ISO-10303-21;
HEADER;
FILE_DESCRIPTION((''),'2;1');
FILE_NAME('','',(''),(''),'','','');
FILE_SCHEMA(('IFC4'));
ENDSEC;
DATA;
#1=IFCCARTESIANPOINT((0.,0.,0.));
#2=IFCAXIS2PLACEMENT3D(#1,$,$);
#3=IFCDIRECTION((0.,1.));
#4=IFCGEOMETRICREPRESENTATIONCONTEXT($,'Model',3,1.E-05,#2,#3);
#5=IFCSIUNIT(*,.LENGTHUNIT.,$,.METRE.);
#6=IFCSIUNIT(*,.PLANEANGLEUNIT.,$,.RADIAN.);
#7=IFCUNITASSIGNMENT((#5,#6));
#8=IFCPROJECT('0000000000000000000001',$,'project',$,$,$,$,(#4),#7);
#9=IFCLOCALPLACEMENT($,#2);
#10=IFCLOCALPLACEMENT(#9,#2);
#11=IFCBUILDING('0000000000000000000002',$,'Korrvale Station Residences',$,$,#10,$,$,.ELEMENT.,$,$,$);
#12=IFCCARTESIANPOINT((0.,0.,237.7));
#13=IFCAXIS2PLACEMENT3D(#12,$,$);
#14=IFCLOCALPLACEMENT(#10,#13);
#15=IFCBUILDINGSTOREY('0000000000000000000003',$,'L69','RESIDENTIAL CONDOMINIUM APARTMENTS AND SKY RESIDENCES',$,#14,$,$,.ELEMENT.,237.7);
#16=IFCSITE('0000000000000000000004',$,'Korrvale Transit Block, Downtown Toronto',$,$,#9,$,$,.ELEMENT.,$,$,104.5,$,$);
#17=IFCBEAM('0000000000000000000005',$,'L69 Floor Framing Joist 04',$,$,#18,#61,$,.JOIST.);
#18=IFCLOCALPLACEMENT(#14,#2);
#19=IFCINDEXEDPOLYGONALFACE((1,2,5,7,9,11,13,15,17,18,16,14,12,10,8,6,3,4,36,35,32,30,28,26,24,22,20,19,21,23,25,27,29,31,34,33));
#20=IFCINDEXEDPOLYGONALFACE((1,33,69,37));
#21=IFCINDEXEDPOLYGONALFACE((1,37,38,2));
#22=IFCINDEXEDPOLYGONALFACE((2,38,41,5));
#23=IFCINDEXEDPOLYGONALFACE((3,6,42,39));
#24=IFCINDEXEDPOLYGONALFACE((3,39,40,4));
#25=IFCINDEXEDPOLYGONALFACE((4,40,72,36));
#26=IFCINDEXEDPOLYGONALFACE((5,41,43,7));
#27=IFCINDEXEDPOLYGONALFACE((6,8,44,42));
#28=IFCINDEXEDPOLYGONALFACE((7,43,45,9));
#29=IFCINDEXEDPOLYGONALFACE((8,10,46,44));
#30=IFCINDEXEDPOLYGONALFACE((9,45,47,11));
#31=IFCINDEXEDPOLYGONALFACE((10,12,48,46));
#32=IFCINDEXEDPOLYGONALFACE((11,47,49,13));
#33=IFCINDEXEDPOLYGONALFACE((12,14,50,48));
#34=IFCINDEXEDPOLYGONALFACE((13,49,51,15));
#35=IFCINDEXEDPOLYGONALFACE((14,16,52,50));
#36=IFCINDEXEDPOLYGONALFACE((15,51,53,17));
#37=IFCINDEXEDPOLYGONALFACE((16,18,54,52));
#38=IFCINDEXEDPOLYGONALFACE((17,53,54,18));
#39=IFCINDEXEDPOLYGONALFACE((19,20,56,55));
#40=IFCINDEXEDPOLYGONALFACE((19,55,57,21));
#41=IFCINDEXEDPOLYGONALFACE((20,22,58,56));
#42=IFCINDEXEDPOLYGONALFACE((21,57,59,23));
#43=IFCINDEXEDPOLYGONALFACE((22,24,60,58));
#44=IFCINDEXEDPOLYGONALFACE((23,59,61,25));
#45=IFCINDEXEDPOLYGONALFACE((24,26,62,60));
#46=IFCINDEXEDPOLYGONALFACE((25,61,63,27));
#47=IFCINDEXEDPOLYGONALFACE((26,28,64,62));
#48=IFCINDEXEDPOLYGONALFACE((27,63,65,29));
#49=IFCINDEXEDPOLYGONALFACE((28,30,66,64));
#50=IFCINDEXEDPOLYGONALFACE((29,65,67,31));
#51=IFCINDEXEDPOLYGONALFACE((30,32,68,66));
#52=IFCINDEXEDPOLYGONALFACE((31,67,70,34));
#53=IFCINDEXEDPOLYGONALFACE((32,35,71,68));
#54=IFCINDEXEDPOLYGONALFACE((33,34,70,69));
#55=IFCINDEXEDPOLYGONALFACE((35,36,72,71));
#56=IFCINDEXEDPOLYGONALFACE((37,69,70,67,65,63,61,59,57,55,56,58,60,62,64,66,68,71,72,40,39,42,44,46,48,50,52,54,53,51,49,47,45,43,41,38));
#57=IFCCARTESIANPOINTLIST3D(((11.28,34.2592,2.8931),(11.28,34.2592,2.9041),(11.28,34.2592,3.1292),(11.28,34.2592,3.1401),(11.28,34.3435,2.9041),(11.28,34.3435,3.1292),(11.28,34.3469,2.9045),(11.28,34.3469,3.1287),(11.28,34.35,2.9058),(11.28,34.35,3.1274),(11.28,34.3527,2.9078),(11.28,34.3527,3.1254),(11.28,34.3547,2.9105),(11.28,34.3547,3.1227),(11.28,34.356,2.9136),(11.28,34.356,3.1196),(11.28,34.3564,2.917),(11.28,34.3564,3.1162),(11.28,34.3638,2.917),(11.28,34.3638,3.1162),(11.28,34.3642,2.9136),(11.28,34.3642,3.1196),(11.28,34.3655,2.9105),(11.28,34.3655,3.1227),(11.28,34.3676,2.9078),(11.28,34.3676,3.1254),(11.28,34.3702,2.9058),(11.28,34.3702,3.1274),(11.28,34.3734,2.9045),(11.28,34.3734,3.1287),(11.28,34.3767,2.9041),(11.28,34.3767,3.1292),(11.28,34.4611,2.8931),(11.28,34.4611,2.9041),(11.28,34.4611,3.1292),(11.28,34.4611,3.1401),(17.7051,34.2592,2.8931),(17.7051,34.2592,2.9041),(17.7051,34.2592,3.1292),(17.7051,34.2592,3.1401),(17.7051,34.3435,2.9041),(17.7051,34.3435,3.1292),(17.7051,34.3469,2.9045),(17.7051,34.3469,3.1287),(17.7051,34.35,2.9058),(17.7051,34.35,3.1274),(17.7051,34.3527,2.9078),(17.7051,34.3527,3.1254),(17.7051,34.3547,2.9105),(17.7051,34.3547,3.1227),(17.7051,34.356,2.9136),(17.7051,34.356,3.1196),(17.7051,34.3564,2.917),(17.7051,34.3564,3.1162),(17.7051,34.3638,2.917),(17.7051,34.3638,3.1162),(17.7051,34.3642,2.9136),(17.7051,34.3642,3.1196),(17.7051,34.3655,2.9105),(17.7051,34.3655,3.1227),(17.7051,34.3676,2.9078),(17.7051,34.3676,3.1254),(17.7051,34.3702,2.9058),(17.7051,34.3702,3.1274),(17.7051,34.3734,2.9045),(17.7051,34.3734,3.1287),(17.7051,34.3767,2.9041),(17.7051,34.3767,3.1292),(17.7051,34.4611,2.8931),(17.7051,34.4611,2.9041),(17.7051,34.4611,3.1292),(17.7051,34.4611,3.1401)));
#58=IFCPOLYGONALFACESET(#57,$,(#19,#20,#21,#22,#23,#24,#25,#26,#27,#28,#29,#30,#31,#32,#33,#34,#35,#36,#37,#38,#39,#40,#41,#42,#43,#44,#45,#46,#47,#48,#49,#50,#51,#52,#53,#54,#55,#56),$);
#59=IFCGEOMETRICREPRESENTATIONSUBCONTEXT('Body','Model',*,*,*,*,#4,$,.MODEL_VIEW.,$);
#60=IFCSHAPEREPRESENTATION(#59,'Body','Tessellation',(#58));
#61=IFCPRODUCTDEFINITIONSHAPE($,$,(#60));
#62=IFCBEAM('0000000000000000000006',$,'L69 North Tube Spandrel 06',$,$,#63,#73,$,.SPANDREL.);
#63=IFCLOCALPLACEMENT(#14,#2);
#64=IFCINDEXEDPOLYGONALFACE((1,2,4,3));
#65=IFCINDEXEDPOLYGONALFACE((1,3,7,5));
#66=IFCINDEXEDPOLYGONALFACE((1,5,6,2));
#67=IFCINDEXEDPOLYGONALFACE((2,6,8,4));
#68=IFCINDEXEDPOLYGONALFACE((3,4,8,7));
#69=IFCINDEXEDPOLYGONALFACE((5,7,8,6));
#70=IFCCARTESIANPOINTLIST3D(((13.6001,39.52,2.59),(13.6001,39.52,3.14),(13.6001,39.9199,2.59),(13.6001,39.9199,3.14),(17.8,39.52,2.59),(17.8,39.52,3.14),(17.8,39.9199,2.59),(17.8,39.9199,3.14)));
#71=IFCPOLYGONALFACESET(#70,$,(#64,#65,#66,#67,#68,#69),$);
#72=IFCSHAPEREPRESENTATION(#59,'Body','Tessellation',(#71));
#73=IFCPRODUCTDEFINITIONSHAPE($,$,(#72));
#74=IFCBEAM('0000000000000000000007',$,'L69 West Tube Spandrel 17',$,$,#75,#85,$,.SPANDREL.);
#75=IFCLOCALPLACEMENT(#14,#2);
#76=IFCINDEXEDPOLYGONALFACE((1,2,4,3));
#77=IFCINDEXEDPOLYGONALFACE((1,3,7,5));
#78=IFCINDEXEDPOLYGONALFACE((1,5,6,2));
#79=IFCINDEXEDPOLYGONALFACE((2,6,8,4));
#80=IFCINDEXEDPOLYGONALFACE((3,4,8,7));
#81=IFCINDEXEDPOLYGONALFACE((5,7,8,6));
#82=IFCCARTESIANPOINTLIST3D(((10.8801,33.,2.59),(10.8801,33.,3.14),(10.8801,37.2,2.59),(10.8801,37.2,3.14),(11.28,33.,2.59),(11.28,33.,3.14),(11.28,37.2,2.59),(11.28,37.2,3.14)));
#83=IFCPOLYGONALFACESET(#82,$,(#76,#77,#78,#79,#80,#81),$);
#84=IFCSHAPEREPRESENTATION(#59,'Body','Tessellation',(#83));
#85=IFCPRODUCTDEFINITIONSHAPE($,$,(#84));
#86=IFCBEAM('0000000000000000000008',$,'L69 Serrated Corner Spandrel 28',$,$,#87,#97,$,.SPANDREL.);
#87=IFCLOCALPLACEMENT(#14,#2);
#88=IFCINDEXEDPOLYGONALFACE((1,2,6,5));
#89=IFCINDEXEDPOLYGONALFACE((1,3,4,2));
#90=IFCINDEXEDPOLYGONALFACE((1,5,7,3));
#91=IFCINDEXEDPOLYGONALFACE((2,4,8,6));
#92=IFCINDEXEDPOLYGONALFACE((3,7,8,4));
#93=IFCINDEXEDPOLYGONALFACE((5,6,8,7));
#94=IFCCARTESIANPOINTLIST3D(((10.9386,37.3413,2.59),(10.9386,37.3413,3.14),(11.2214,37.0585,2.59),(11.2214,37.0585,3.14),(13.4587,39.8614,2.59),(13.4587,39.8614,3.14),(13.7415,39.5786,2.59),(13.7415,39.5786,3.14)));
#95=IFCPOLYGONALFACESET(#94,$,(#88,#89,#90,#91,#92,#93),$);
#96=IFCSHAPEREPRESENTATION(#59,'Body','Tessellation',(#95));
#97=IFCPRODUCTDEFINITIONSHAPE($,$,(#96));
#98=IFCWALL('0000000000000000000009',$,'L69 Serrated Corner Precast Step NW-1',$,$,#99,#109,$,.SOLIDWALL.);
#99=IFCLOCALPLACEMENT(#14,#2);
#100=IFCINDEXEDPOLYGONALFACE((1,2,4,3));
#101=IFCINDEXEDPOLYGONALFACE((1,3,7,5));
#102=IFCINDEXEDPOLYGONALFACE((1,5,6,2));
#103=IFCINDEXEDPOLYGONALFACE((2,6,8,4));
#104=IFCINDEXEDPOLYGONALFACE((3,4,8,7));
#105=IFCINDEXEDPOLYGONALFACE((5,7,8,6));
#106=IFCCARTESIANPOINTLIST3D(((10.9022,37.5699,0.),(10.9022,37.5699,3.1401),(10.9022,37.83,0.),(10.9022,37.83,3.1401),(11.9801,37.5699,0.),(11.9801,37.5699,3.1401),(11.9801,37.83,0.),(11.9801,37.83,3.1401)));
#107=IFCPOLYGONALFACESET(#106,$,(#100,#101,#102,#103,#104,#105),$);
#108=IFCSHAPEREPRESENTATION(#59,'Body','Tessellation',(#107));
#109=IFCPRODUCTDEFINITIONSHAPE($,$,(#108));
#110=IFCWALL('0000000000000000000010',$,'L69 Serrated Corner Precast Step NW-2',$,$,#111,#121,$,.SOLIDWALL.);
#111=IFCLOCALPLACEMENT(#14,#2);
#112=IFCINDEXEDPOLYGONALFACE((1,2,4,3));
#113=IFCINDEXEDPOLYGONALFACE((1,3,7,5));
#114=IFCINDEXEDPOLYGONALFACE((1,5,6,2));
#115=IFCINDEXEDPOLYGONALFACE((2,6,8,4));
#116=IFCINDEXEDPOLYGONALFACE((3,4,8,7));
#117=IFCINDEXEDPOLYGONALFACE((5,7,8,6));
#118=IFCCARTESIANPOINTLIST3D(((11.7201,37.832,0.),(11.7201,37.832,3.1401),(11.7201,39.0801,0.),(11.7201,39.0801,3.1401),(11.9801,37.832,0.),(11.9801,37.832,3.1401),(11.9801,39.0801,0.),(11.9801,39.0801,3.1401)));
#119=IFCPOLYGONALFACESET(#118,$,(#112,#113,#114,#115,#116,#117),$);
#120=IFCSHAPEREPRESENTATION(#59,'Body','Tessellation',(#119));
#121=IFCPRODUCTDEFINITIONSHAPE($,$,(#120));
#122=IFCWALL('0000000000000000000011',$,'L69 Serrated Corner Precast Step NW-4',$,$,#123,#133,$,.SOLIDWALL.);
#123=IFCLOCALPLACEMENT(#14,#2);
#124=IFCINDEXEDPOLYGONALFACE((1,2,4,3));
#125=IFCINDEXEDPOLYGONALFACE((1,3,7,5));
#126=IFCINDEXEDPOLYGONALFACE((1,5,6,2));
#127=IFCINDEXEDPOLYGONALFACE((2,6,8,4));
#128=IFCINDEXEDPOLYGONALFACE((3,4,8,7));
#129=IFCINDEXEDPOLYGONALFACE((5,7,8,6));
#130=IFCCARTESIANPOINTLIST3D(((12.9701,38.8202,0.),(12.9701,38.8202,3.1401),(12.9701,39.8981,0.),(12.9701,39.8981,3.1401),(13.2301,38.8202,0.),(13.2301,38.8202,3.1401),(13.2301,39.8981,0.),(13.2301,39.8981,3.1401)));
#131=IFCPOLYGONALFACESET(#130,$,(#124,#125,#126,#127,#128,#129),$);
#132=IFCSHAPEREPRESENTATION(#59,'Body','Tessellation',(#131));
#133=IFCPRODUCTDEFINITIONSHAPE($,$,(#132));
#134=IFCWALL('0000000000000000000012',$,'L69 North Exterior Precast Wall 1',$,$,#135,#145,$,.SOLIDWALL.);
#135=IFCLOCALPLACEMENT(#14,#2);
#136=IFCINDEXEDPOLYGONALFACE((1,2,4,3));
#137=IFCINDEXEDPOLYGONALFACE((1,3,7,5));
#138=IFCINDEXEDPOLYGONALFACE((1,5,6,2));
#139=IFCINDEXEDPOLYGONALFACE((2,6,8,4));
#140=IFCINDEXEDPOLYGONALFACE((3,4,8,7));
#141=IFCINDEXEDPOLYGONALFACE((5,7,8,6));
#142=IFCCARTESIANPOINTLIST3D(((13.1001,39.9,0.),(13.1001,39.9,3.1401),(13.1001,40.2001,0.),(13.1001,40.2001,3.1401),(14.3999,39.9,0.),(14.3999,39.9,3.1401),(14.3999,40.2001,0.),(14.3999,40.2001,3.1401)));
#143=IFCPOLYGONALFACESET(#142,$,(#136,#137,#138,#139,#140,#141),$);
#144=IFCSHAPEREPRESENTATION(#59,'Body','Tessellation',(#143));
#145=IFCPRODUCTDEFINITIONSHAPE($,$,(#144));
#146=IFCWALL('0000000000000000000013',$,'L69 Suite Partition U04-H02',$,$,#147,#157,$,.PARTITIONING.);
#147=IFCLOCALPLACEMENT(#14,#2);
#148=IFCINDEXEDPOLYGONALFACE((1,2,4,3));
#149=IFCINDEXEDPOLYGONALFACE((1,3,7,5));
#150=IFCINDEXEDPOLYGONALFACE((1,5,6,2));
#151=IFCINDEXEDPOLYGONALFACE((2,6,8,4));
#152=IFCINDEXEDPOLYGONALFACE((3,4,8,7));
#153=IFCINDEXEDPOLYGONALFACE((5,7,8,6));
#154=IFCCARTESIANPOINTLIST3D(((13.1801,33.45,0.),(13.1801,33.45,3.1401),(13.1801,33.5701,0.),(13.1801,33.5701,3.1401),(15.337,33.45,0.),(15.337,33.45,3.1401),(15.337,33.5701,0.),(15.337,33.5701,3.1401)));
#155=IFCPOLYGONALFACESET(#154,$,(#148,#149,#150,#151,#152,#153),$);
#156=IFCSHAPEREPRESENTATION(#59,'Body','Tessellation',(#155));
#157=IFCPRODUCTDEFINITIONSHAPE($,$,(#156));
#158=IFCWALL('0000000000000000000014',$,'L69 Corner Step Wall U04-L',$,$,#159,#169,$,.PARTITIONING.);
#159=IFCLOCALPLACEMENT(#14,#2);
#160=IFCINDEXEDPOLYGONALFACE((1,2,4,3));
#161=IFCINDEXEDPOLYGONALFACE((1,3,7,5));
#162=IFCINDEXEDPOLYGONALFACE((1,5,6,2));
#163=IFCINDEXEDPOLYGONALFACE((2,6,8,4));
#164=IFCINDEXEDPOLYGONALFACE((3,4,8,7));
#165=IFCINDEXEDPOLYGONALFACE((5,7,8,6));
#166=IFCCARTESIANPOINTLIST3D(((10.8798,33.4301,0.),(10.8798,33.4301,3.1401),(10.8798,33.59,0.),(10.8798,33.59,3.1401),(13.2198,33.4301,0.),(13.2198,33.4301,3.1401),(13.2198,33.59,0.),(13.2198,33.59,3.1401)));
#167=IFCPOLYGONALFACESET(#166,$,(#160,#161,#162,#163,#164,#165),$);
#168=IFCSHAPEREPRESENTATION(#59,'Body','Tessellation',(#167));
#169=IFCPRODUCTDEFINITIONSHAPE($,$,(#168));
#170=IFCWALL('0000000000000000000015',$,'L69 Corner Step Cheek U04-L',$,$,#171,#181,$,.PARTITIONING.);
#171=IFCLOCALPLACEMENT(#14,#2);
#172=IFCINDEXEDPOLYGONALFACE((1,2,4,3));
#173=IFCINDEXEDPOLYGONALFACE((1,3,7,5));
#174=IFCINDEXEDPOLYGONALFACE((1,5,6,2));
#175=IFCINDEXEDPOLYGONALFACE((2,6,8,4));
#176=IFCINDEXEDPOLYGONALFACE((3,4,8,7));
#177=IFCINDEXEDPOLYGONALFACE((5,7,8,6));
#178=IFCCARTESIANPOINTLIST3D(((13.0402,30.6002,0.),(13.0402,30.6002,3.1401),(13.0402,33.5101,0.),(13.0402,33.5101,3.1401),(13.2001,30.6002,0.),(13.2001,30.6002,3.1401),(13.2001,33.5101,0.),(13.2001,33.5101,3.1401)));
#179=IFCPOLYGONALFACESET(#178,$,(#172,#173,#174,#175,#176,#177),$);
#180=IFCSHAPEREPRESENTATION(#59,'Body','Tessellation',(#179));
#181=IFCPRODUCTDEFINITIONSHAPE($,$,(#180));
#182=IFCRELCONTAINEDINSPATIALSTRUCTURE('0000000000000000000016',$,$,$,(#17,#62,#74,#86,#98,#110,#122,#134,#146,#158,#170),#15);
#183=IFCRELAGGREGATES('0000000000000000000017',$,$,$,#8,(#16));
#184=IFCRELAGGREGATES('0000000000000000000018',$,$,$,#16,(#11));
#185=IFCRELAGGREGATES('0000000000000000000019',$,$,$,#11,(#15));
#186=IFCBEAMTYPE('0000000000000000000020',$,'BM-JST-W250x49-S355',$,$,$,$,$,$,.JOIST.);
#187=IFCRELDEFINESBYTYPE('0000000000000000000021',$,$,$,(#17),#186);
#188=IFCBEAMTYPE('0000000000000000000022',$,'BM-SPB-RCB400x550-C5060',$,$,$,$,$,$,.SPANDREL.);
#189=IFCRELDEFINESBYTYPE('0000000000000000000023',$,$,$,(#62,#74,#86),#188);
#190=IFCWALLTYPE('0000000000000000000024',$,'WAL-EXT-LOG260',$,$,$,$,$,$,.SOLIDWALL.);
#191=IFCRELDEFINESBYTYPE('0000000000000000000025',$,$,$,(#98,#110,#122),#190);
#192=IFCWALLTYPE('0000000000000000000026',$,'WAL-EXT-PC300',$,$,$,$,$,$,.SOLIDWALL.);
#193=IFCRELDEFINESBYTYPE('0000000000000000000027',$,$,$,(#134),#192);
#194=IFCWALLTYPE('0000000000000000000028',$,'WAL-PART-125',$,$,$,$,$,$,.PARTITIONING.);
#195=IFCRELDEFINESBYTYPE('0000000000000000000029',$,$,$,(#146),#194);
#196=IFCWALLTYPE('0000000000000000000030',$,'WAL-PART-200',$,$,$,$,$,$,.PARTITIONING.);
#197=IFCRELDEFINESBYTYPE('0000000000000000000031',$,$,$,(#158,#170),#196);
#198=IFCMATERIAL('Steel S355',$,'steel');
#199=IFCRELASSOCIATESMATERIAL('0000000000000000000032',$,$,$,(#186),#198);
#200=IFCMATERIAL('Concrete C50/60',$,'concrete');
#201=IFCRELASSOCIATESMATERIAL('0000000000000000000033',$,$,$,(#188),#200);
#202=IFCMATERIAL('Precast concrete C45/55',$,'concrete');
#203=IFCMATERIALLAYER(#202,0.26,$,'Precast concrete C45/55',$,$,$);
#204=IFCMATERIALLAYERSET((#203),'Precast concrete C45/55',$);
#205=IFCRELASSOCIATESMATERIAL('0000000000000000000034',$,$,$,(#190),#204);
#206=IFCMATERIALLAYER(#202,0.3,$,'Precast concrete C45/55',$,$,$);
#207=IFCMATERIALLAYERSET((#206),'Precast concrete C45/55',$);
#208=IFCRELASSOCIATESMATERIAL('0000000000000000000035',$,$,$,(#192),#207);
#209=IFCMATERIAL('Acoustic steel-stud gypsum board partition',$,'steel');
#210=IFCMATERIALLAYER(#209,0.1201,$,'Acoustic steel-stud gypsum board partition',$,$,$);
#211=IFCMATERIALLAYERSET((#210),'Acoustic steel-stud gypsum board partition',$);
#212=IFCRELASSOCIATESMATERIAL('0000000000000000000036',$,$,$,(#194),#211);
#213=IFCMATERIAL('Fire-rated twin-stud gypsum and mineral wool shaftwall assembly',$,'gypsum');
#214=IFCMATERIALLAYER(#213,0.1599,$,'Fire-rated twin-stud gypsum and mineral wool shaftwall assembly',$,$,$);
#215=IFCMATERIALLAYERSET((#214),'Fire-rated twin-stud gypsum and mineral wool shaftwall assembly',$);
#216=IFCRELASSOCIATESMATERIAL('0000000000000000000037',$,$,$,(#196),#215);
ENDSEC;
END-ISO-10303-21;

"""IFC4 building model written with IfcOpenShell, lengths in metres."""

from ifc_helpers import new_model, si_unit, direction, frame, frame_2d, origin, origin_2d, place, context, subcontext, project, spatial, rectangle, i_section, extrude, material, layer, layer_set, material_profile, profile_set, type_object, element, save


model = new_model("IFC4")

# Units and contexts
model_context = context("Model", 3, precision=1e-05, world=origin(), true_north=direction((0.0, 1.0)))
body_context = subcontext(model_context, "Body", "Model", "MODEL_VIEW")
ifc_project = project(units=[si_unit("LENGTHUNIT", "METRE"), si_unit("PLANEANGLEUNIT", "RADIAN")], contexts=[model_context])

# Site, building, storey
site_placement = place(None, origin())
site = spatial("IfcSite", under=ifc_project, at=site_placement, Name="Korrvale Transit Block, Downtown Toronto", CompositionType="ELEMENT", RefElevation=104.5)
building_placement = place(site_placement, origin())
building = spatial("IfcBuilding", under=site, at=building_placement, Name="Korrvale Station Residences", CompositionType="ELEMENT")
storey_placement = place(building_placement, frame((0.0, 0.0, 237.7)))
storey = spatial("IfcBuildingStorey", under=building, at=storey_placement, Name="L69", Description="RESIDENTIAL CONDOMINIUM APARTMENTS AND SKY RESIDENCES", CompositionType="ELEMENT", Elevation=237.7)

# Shared definitions
ifc_material_1 = material(Name="Concrete C50/60", Category="concrete")

# Beams
ifc_material_2 = material(Name="Steel S355", Category="steel")
ifc_material_profile_1 = material_profile(ifc_material_2, i_section(OverallWidth=0.2019, OverallDepth=0.2471, WebThickness=0.0073, FlangeThickness=0.011, FilletRadius=0.0129, at=origin_2d()), Name="W250x49")
ifc_profile_set_1 = profile_set([ifc_material_profile_1], Name="Steel S355")
beam_type_1 = type_object("IfcBeamType", Name="BM-JST-W250x49-S355", PredefinedType="JOIST", material=ifc_profile_set_1)
beam_1_placement = place(storey_placement, frame((11.28, 34.3601, 3.0166), z_axis=(1.0, 0.0, 0.0), x_axis=(0.0, 1.0, 0.0)))
element("IfcBeam", 1, at=beam_1_placement, inside=storey, type_object=beam_type_1, Name="L69 Floor Framing Joist 04", PredefinedType="JOIST", context=body_context, shape_type="SweptSolid", body=[
    extrude(i_section(OverallWidth=0.2019, OverallDepth=0.2471, WebThickness=0.0073, FlangeThickness=0.011, FilletRadius=0.0129, at=origin_2d()), origin(), (0.0, 0.0, 1.0), 6.425),
])
ifc_material_profile_2 = material_profile(ifc_material_1, rectangle(XDim=0.3999, YDim=0.55, at=origin_2d()), Name="RCB400x550")
ifc_profile_set_2 = profile_set([ifc_material_profile_2], Name="Concrete C50/60")
beam_type_2 = type_object("IfcBeamType", Name="BM-SPB-RCB400x550-C5060", PredefinedType="SPANDREL", material=ifc_profile_set_2)
for number, where, z_axis, x_axis, name in (
    (2, (13.6001, 39.72, 2.865), (1.0, 0.0, 0.0), (0.0, 1.0, 0.0), "L69 North Tube Spandrel 06"),
    (3, (11.0801, 33.0, 2.865), (0.0, 1.0, 0.0), (-1.0, 0.0, 0.0), "L69 West Tube Spandrel 17"),
):
    element("IfcBeam", number, at=place(storey_placement, frame(where, z_axis=z_axis, x_axis=x_axis)), inside=storey, type_object=beam_type_2, Name=name, PredefinedType="SPANDREL", context=body_context, shape_type="SweptSolid", body=[
        extrude(rectangle(XDim=0.3999, YDim=0.55, at=origin_2d()), origin(), (0.0, 0.0, 1.0), 4.2),
    ])
beam_2_placement = place(storey_placement, frame((13.6001, 39.72, 2.865), z_axis=(-0.707107, -0.707107, 0.0), x_axis=(0.707107, -0.707107, 0.0)))
element("IfcBeam", 4, at=beam_2_placement, inside=storey, type_object=beam_type_2, Name="L69 Serrated Corner Spandrel 28", PredefinedType="SPANDREL", context=body_context, shape_type="SweptSolid", body=[
    extrude(rectangle(XDim=0.3999, YDim=0.55, at=origin_2d()), origin(), (0.0, 0.0, 1.0), 3.564),
])

# Walls
ifc_material_3 = material(Name="Precast concrete C45/55", Category="concrete")
ifc_layer_1 = layer(ifc_material_3, 0.26, Name="Precast concrete C45/55")
ifc_layer_set_1 = layer_set([ifc_layer_1], Name="Precast concrete C45/55")
wall_type_1 = type_object("IfcWallType", Name="WAL-EXT-LOG260", PredefinedType="SOLIDWALL", material=ifc_layer_set_1)
wall_1_placement = place(storey_placement, frame((10.9021, 37.7, 0.0), z_axis=(0.0, 0.0, 1.0), x_axis=(1.0, 0.0, 0.0)))
element("IfcWall", 5, at=wall_1_placement, inside=storey, type_object=wall_type_1, Name="L69 Serrated Corner Precast Step NW-1", PredefinedType="SOLIDWALL", context=body_context, shape_type="SweptSolid", body=[
    extrude(rectangle(XDim=1.0779, YDim=0.26, at=frame_2d((0.5391, 0.0))), origin(), (0.0, 0.0, 1.0), 3.1401),
])
wall_2_placement = place(storey_placement, frame((11.8501, 37.832, 0.0), z_axis=(0.0, 0.0, 1.0), x_axis=(0.0, 1.0, 0.0)))
element("IfcWall", 6, at=wall_2_placement, inside=storey, type_object=wall_type_1, Name="L69 Serrated Corner Precast Step NW-2", PredefinedType="SOLIDWALL", context=body_context, shape_type="SweptSolid", body=[
    extrude(rectangle(XDim=1.248, YDim=0.26, at=frame_2d((0.624, 0.0))), origin(), (0.0, 0.0, 1.0), 3.1401),
])
wall_3_placement = place(storey_placement, frame((13.1001, 38.8201, 0.0), z_axis=(0.0, 0.0, 1.0), x_axis=(0.0, 1.0, 0.0)))
element("IfcWall", 7, at=wall_3_placement, inside=storey, type_object=wall_type_1, Name="L69 Serrated Corner Precast Step NW-4", PredefinedType="SOLIDWALL", context=body_context, shape_type="SweptSolid", body=[
    extrude(rectangle(XDim=1.0779, YDim=0.26, at=frame_2d((0.5391, 0.0))), origin(), (0.0, 0.0, 1.0), 3.1401),
])
ifc_layer_2 = layer(ifc_material_3, 0.3, Name="Precast concrete C45/55")
ifc_layer_set_2 = layer_set([ifc_layer_2], Name="Precast concrete C45/55")
wall_type_2 = type_object("IfcWallType", Name="WAL-EXT-PC300", PredefinedType="SOLIDWALL", material=ifc_layer_set_2)
wall_4_placement = place(storey_placement, frame((13.1001, 40.05, 0.0), z_axis=(0.0, 0.0, 1.0), x_axis=(1.0, 0.0, 0.0)))
element("IfcWall", 8, at=wall_4_placement, inside=storey, type_object=wall_type_2, Name="L69 North Exterior Precast Wall 1", PredefinedType="SOLIDWALL", context=body_context, shape_type="SweptSolid", body=[
    extrude(rectangle(XDim=1.2998, YDim=0.3, at=frame_2d((0.6499, 0.0))), origin(), (0.0, 0.0, 1.0), 3.1401),
])
ifc_material_4 = material(Name="Acoustic steel-stud gypsum board partition", Category="steel")
ifc_layer_3 = layer(ifc_material_4, 0.1201, Name="Acoustic steel-stud gypsum board partition")
ifc_layer_set_3 = layer_set([ifc_layer_3], Name="Acoustic steel-stud gypsum board partition")
wall_type_3 = type_object("IfcWallType", Name="WAL-PART-125", PredefinedType="PARTITIONING", material=ifc_layer_set_3)
wall_5_placement = place(storey_placement, frame((13.1799, 33.51, 0.0), z_axis=(0.0, 0.0, 1.0), x_axis=(1.0, 0.0, 0.0)))
element("IfcWall", 9, at=wall_5_placement, inside=storey, type_object=wall_type_3, Name="L69 Suite Partition U04-H02", PredefinedType="PARTITIONING", context=body_context, shape_type="SweptSolid", body=[
    extrude(rectangle(XDim=2.157, YDim=0.1201, at=frame_2d((1.0786, 0.0))), origin(), (0.0, 0.0, 1.0), 3.1401),
])
ifc_material_5 = material(Name="Fire-rated twin-stud gypsum and mineral wool shaftwall assembly", Category="gypsum")
ifc_layer_4 = layer(ifc_material_5, 0.1599, Name="Fire-rated twin-stud gypsum and mineral wool shaftwall assembly")
ifc_layer_set_4 = layer_set([ifc_layer_4], Name="Fire-rated twin-stud gypsum and mineral wool shaftwall assembly")
wall_type_4 = type_object("IfcWallType", Name="WAL-PART-200", PredefinedType="PARTITIONING", material=ifc_layer_set_4)
wall_6_placement = place(storey_placement, frame((10.8799, 33.51, 0.0), z_axis=(0.0, 0.0, 1.0), x_axis=(1.0, 0.0, 0.0)))
element("IfcWall", 10, at=wall_6_placement, inside=storey, type_object=wall_type_4, Name="L69 Corner Step Wall U04-L", PredefinedType="PARTITIONING", context=body_context, shape_type="SweptSolid", body=[
    extrude(rectangle(XDim=2.3401, YDim=0.1599, at=frame_2d((1.1699, 0.0))), origin(), (0.0, 0.0, 1.0), 3.1401),
])
wall_7_placement = place(storey_placement, frame((13.1201, 30.6001, 0.0), z_axis=(0.0, 0.0, 1.0), x_axis=(0.0, 1.0, 0.0)))
element("IfcWall", 11, at=wall_7_placement, inside=storey, type_object=wall_type_4, Name="L69 Corner Step Cheek U04-L", PredefinedType="PARTITIONING", context=body_context, shape_type="SweptSolid", body=[
    extrude(rectangle(XDim=2.9099, YDim=0.1599, at=frame_2d((1.4551, 0.0))), origin(), (0.0, 0.0, 1.0), 3.1401),
])

save(model, "model.ifc")
